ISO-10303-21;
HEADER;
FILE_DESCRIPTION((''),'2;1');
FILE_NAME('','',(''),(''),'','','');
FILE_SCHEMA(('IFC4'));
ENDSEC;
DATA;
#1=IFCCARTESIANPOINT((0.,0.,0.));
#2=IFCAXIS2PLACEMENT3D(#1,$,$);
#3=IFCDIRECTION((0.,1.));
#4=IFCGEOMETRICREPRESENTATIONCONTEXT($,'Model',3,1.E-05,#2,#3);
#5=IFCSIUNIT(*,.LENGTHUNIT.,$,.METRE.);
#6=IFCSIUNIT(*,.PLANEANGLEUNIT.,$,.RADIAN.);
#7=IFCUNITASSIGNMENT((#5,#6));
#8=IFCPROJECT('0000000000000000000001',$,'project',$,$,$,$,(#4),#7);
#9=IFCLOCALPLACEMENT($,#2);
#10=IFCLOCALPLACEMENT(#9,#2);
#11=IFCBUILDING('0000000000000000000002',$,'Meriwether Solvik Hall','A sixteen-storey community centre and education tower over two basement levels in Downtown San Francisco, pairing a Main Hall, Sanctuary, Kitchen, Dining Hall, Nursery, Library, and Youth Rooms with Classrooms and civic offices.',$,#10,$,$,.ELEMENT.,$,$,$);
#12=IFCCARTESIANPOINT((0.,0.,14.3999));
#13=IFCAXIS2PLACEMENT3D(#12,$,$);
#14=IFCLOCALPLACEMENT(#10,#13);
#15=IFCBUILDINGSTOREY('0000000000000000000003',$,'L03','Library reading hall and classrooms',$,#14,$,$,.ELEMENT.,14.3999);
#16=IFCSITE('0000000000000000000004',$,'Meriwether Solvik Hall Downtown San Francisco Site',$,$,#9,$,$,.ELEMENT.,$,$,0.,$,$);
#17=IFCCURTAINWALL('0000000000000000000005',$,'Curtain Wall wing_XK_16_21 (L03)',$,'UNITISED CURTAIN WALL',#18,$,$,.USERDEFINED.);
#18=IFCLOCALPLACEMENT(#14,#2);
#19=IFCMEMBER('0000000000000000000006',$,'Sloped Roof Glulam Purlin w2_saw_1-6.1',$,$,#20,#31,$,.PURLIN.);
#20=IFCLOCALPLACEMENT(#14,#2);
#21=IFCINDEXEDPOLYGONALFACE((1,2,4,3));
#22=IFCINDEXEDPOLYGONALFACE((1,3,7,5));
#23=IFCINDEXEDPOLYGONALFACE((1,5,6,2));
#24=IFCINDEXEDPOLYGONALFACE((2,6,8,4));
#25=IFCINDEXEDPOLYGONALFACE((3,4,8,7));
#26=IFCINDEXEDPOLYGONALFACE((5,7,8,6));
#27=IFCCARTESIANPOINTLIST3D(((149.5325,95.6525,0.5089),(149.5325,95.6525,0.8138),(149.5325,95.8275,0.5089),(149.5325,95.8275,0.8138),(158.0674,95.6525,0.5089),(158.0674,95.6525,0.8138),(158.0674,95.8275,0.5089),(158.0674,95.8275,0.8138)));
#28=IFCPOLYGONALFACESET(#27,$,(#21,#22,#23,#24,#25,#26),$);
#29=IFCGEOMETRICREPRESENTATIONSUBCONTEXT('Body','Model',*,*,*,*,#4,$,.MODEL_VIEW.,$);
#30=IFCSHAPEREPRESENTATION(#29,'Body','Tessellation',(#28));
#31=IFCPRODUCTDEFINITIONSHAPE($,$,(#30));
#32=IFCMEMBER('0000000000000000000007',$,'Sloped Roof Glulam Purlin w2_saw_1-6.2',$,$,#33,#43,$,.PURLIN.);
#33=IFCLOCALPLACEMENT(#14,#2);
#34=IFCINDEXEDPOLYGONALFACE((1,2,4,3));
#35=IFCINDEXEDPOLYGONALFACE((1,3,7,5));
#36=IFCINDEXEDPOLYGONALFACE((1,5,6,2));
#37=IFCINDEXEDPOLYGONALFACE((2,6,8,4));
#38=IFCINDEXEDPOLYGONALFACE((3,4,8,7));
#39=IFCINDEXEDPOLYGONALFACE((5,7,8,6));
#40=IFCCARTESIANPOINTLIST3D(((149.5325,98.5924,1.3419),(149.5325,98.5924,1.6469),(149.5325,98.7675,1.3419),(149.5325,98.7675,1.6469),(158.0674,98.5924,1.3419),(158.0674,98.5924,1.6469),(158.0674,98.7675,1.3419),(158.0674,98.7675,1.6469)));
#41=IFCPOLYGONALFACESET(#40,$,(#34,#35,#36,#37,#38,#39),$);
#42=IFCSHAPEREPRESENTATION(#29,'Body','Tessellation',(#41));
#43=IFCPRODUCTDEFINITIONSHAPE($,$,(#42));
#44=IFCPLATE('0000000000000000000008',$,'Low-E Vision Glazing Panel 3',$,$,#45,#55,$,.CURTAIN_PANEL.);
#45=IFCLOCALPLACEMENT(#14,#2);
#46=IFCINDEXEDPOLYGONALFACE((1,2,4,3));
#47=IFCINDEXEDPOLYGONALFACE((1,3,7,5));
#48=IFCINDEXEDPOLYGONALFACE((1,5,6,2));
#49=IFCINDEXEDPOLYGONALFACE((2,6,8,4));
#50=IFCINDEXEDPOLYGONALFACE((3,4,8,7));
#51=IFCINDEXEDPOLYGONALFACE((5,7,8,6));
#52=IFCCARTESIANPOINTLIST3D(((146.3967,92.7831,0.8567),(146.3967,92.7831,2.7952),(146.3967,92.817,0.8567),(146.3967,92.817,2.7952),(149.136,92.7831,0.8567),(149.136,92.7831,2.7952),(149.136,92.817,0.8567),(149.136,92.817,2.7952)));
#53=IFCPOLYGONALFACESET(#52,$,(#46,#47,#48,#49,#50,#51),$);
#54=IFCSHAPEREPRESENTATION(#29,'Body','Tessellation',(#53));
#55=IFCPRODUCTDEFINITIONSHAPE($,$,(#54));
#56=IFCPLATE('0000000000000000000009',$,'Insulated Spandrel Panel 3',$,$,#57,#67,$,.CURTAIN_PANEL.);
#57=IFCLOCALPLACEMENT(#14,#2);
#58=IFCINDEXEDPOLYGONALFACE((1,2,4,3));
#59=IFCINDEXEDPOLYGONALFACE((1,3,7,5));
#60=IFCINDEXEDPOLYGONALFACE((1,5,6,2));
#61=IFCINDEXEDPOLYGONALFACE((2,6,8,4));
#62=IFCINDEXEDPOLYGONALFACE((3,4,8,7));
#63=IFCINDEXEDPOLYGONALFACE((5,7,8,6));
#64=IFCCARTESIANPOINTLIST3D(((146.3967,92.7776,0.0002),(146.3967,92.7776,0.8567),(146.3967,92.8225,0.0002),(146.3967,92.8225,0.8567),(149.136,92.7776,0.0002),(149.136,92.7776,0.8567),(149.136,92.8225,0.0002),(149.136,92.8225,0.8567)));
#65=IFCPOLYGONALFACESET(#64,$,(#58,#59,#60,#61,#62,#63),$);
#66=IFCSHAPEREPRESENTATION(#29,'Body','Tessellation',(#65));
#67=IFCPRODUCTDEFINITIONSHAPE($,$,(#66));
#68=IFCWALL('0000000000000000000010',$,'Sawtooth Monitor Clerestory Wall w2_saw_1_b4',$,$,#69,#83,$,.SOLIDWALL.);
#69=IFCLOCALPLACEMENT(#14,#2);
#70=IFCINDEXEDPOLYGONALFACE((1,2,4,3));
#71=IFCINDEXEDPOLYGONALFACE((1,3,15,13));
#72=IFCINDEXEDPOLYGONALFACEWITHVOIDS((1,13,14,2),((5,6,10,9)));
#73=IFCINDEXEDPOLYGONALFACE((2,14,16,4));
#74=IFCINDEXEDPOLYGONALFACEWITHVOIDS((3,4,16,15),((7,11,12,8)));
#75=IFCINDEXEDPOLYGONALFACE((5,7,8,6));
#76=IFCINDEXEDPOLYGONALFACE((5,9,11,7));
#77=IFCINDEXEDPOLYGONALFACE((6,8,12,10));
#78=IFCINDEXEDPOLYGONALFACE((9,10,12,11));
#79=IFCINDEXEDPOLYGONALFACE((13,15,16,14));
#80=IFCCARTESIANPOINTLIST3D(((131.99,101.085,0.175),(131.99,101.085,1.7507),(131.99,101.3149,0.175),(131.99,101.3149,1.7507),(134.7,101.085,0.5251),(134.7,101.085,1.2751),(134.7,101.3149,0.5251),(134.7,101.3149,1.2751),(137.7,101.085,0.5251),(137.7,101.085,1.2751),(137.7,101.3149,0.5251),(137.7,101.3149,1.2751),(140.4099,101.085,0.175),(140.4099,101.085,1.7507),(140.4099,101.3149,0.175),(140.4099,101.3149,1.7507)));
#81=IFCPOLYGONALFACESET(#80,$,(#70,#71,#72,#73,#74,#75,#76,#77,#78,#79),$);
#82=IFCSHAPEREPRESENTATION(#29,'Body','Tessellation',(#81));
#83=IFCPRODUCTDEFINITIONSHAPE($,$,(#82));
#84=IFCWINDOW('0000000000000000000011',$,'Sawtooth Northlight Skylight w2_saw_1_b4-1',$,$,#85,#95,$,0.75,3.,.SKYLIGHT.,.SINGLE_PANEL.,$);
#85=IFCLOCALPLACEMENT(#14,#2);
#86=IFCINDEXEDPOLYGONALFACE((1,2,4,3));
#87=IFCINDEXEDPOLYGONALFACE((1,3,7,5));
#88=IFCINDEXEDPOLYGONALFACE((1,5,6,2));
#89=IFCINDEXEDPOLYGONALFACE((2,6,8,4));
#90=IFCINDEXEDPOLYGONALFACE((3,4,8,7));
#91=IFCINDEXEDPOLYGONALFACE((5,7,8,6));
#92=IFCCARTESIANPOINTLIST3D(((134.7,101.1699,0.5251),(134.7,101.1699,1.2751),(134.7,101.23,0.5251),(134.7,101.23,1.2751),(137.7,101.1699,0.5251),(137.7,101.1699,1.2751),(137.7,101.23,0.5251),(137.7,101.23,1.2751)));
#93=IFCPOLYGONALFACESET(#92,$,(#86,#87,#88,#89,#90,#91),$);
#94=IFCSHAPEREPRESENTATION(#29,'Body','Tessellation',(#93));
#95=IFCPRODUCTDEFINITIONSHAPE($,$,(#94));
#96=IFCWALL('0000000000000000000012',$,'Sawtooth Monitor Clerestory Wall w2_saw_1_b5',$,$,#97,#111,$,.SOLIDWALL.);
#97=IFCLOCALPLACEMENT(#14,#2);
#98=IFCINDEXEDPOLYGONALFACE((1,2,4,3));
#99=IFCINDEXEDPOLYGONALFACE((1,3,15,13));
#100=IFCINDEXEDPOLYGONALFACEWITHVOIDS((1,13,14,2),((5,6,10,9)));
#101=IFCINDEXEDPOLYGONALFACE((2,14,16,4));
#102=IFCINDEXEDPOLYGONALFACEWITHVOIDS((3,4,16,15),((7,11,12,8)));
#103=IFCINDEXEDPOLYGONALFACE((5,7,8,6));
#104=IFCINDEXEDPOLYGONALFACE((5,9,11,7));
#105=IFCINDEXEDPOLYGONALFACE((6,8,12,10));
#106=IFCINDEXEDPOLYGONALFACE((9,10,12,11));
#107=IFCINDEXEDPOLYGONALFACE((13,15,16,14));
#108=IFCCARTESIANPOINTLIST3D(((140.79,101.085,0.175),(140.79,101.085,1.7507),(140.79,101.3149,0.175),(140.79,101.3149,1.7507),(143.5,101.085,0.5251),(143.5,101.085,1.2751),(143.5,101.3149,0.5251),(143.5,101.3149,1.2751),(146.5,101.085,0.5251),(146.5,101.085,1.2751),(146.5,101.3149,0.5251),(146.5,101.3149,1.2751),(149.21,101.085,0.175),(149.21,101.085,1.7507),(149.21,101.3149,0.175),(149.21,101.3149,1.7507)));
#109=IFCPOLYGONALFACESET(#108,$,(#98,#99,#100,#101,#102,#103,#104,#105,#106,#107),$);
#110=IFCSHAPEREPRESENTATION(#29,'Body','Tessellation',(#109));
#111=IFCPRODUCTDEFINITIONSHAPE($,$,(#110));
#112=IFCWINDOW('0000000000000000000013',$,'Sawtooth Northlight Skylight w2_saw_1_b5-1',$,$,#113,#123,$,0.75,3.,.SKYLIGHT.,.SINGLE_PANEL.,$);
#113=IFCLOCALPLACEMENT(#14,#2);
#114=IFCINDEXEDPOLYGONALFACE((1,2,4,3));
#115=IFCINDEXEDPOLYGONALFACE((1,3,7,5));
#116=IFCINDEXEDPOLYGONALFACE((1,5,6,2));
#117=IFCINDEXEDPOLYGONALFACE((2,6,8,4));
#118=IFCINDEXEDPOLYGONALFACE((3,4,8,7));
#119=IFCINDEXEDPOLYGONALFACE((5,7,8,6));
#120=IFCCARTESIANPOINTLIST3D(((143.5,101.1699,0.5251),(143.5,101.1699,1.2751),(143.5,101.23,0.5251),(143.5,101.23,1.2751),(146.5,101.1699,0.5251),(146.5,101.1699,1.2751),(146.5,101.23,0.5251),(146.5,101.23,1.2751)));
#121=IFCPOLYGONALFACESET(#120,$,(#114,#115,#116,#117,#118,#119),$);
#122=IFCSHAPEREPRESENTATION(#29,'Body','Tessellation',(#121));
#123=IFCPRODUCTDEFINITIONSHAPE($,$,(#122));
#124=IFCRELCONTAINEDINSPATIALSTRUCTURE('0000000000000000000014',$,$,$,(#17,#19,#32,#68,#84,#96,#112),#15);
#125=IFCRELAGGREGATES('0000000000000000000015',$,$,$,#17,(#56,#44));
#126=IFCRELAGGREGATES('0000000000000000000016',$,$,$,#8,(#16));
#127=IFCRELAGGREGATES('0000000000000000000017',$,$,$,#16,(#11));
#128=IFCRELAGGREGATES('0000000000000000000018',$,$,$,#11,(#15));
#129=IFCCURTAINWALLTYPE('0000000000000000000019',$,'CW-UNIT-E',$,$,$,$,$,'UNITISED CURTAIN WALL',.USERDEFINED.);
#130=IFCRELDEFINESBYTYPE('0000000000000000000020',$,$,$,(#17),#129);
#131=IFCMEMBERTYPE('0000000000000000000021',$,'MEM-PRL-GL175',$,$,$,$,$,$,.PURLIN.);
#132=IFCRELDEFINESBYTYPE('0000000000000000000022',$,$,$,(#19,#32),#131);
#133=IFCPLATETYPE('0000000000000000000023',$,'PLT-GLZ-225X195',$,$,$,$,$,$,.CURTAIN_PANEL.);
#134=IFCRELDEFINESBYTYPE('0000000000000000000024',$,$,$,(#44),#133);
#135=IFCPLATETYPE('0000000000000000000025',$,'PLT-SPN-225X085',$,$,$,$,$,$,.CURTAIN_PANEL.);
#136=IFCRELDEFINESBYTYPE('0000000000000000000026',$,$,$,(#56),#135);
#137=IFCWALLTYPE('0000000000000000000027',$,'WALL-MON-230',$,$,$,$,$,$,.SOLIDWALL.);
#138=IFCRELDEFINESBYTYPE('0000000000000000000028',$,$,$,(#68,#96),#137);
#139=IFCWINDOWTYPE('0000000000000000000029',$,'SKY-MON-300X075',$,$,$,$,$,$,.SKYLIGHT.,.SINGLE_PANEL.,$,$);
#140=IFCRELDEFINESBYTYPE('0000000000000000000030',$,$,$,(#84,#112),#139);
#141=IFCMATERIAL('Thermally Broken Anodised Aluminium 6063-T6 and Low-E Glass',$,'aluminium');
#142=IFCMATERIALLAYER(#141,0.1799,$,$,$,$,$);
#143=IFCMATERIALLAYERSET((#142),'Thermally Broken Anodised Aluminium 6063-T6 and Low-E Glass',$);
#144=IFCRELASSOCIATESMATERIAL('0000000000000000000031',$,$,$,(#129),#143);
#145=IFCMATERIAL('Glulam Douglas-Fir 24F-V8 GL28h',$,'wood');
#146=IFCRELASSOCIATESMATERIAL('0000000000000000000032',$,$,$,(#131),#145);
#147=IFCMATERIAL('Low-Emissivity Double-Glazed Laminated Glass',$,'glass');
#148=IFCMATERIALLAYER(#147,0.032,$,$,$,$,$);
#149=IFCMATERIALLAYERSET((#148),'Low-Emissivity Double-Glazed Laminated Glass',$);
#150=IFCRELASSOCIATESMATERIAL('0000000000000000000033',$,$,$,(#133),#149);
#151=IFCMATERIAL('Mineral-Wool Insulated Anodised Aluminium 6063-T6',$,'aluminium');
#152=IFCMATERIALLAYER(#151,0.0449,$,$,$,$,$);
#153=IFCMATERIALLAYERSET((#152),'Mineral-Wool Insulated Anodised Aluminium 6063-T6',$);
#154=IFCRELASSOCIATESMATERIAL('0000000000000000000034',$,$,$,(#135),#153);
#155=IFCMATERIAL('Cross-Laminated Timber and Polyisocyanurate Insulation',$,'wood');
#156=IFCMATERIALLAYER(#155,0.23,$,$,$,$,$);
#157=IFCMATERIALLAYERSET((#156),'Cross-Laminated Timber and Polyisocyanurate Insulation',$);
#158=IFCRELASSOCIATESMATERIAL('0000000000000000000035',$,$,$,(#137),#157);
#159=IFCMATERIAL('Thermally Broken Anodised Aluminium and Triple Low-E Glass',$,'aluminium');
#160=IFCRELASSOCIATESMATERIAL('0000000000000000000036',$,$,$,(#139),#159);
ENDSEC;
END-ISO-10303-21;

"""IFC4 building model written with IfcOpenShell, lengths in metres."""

from ifc_helpers import new_model, si_unit, direction, frame, frame_2d, origin, origin_2d, place, context, subcontext, project, spatial, rectangle, extrude, material, layer, layer_set, material_profile, profile_set, type_object, element, fill, aggregate, save


model = new_model("IFC4")

# Units and contexts
model_context = context("Model", 3, precision=1e-05, world=origin(), true_north=direction((0.0, 1.0)))
body_context = subcontext(model_context, "Body", "Model", "MODEL_VIEW")
ifc_project = project(units=[si_unit("LENGTHUNIT", "METRE"), si_unit("PLANEANGLEUNIT", "RADIAN")], contexts=[model_context])

# Site, building, storey
site_placement = place(None, origin())
site = spatial("IfcSite", under=ifc_project, at=site_placement, Name="Meriwether Solvik Hall Downtown San Francisco Site", CompositionType="ELEMENT", RefElevation=0.0)
building_placement = place(site_placement, origin())
building = spatial("IfcBuilding", under=site, at=building_placement, Name="Meriwether Solvik Hall", Description="A sixteen-storey community centre and education tower over two basement levels in Downtown San Francisco, pairing a Main Hall, Sanctuary, Kitchen, Dining Hall, Nursery, Library, and Youth Rooms with Classrooms and civic offices.", CompositionType="ELEMENT")
storey_placement = place(building_placement, frame((0.0, 0.0, 14.3999)))
storey = spatial("IfcBuildingStorey", under=building, at=storey_placement, Name="L03", Description="Library reading hall and classrooms", CompositionType="ELEMENT", Elevation=14.3999)

# Curtain wall
ifc_material_1 = material(Name="Thermally Broken Anodised Aluminium 6063-T6 and Low-E Glass", Category="aluminium")
ifc_layer_1 = layer(ifc_material_1, 0.1799)
ifc_layer_set_1 = layer_set([ifc_layer_1], Name="Thermally Broken Anodised Aluminium 6063-T6 and Low-E Glass")
curtain_wall_type = type_object("IfcCurtainWallType", Name="CW-UNIT-E", ElementType="UNITISED CURTAIN WALL", PredefinedType="USERDEFINED", material=ifc_layer_set_1)
curtain_wall_placement = place(storey_placement, origin())
curtain_wall = element("IfcCurtainWall", 1, at=curtain_wall_placement, inside=storey, type_object=curtain_wall_type, Name="Curtain Wall wing_XK_16_21 (L03)", ObjectType="UNITISED CURTAIN WALL", PredefinedType="USERDEFINED")

# Members
ifc_material_2 = material(Name="Glulam Douglas-Fir 24F-V8 GL28h", Category="wood")
ifc_material_profile_1 = material_profile(ifc_material_2, rectangle(XDim=0.175, YDim=0.3049, at=origin_2d()), Name="GLM-175X305")
ifc_profile_set_1 = profile_set([ifc_material_profile_1], Name="Glulam Douglas-Fir 24F-V8 GL28h")
member_type_1 = type_object("IfcMemberType", Name="MEM-PRL-GL175", PredefinedType="PURLIN", material=ifc_profile_set_1)
for number, where, z_axis, x_axis, name in (
    (2, (149.5325, 95.74, 0.6614), (1.0, 0.0, 0.0), (0.0, 1.0, 0.0), "Sloped Roof Glulam Purlin w2_saw_1-6.1"),
    (3, (149.5325, 98.6799, 1.4944), (1.0, 0.0, 0.0), (0.0, 1.0, 0.0), "Sloped Roof Glulam Purlin w2_saw_1-6.2"),
):
    element("IfcMember", number, at=place(storey_placement, frame(where, z_axis=z_axis, x_axis=x_axis)), inside=storey, type_object=member_type_1, Name=name, PredefinedType="PURLIN", context=body_context, shape_type="SweptSolid", body=[
        extrude(rectangle(XDim=0.175, YDim=0.3049, at=origin_2d()), origin(), (0.0, 0.0, 1.0), 8.5349),
    ])

# Plates
ifc_material_3 = material(Name="Low-Emissivity Double-Glazed Laminated Glass", Category="glass")
ifc_layer_2 = layer(ifc_material_3, 0.032)
ifc_layer_set_2 = layer_set([ifc_layer_2], Name="Low-Emissivity Double-Glazed Laminated Glass")
plate_type_1 = type_object("IfcPlateType", Name="PLT-GLZ-225X195", PredefinedType="CURTAIN_PANEL", material=ifc_layer_set_2)
plate_1_placement = place(storey_placement, frame((147.7664, 92.8, 0.8567), z_axis=(0.0, 0.0, 1.0), x_axis=(1.0, 0.0, 0.0)))
plate_1 = element("IfcPlate", 4, at=plate_1_placement, type_object=plate_type_1, Name="Low-E Vision Glazing Panel 3", PredefinedType="CURTAIN_PANEL", context=body_context, shape_type="SweptSolid", body=[
    extrude(rectangle(XDim=2.7393, YDim=0.0339, at=origin_2d()), origin(), (0.0, 0.0, 1.0), 1.9385),
])
ifc_material_4 = material(Name="Mineral-Wool Insulated Anodised Aluminium 6063-T6", Category="aluminium")
ifc_layer_3 = layer(ifc_material_4, 0.0449)
ifc_layer_set_3 = layer_set([ifc_layer_3], Name="Mineral-Wool Insulated Anodised Aluminium 6063-T6")
plate_type_2 = type_object("IfcPlateType", Name="PLT-SPN-225X085", PredefinedType="CURTAIN_PANEL", material=ifc_layer_set_3)
plate_2_placement = place(storey_placement, frame((147.7664, 92.8, 0.0002), z_axis=(0.0, 0.0, 1.0), x_axis=(1.0, 0.0, 0.0)))
plate_2 = element("IfcPlate", 5, at=plate_2_placement, type_object=plate_type_2, Name="Insulated Spandrel Panel 3", PredefinedType="CURTAIN_PANEL", context=body_context, shape_type="SweptSolid", body=[
    extrude(rectangle(XDim=2.7393, YDim=0.0449, at=origin_2d()), origin(), (0.0, 0.0, 1.0), 0.8564),
])
aggregate(curtain_wall, [plate_2, plate_1])

# Walls, openings, windows
ifc_material_5 = material(Name="Cross-Laminated Timber and Polyisocyanurate Insulation", Category="wood")
ifc_layer_4 = layer(ifc_material_5, 0.23)
ifc_layer_set_4 = layer_set([ifc_layer_4], Name="Cross-Laminated Timber and Polyisocyanurate Insulation")
wall_type = type_object("IfcWallType", Name="WALL-MON-230", PredefinedType="SOLIDWALL", material=ifc_layer_set_4)
wall_1_placement = place(storey_placement, frame((140.4099, 101.2, 0.175), z_axis=(0.0, 0.0, 1.0), x_axis=(-1.0, 0.0, 0.0)))
wall_1 = element("IfcWall", 6, at=wall_1_placement, inside=storey, type_object=wall_type, Name="Sawtooth Monitor Clerestory Wall w2_saw_1_b4", PredefinedType="SOLIDWALL", context=body_context, shape_type="SweptSolid", body=[
    extrude(rectangle(XDim=8.4199, YDim=0.23, at=frame_2d((4.21, 0.0))), origin(), (0.0, 0.0, 1.0), 1.5757),
])
opening_1_placement = place(wall_1_placement, frame((2.71, 0.0, 0.3501)))
opening_1 = element("IfcOpeningElement", 7, at=opening_1_placement, cuts=wall_1, PredefinedType="OPENING", context=body_context, shape_type="SweptSolid", body=[
    extrude(rectangle(XDim=3.0, YDim=0.75, at=frame_2d((1.5, 0.375))), frame((0.0, 0.127, 0.0), z_axis=(0.0, -1.0, 0.0), x_axis=(1.0, 0.0, 0.0)), (0.0, 0.0, 1.0), 0.2539),
])
ifc_material_6 = material(Name="Thermally Broken Anodised Aluminium and Triple Low-E Glass", Category="aluminium")
window_type = type_object("IfcWindowType", Name="SKY-MON-300X075", PartitioningType="SINGLE_PANEL", PredefinedType="SKYLIGHT", material=ifc_material_6)
window_1_placement = place(opening_1_placement, origin())
window_1 = element("IfcWindow", 8, at=window_1_placement, inside=storey, type_object=window_type, Name="Sawtooth Northlight Skylight w2_saw_1_b4-1", OverallHeight=0.75, OverallWidth=3.0, PartitioningType="SINGLE_PANEL", PredefinedType="SKYLIGHT", context=body_context, shape_type="SweptSolid", body=[
    extrude(rectangle(XDim=3.0, YDim=0.75, at=frame_2d((1.5, 0.375))), frame((0.0, 0.03, 0.0), z_axis=(0.0, -1.0, 0.0), x_axis=(1.0, 0.0, 0.0)), (0.0, 0.0, 1.0), 0.0601),
])
fill(opening_1, window_1)
wall_2_placement = place(storey_placement, frame((149.21, 101.2, 0.175), z_axis=(0.0, 0.0, 1.0), x_axis=(-1.0, 0.0, 0.0)))
wall_2 = element("IfcWall", 9, at=wall_2_placement, inside=storey, type_object=wall_type, Name="Sawtooth Monitor Clerestory Wall w2_saw_1_b5", PredefinedType="SOLIDWALL", context=body_context, shape_type="SweptSolid", body=[
    extrude(rectangle(XDim=8.4199, YDim=0.23, at=frame_2d((4.21, 0.0))), origin(), (0.0, 0.0, 1.0), 1.5757),
])
opening_2_placement = place(wall_2_placement, frame((2.71, 0.0, 0.3501)))
opening_2 = element("IfcOpeningElement", 10, at=opening_2_placement, cuts=wall_2, PredefinedType="OPENING", context=body_context, shape_type="SweptSolid", body=[
    extrude(rectangle(XDim=3.0, YDim=0.75, at=frame_2d((1.5, 0.375))), frame((0.0, 0.127, 0.0), z_axis=(0.0, -1.0, 0.0), x_axis=(1.0, 0.0, 0.0)), (0.0, 0.0, 1.0), 0.2539),
])
window_2_placement = place(opening_2_placement, origin())
window_2 = element("IfcWindow", 11, at=window_2_placement, inside=storey, type_object=window_type, Name="Sawtooth Northlight Skylight w2_saw_1_b5-1", OverallHeight=0.75, OverallWidth=3.0, PartitioningType="SINGLE_PANEL", PredefinedType="SKYLIGHT", context=body_context, shape_type="SweptSolid", body=[
    extrude(rectangle(XDim=3.0, YDim=0.75, at=frame_2d((1.5, 0.375))), frame((0.0, 0.03, 0.0), z_axis=(0.0, -1.0, 0.0), x_axis=(1.0, 0.0, 0.0)), (0.0, 0.0, 1.0), 0.0601),
])
fill(opening_2, window_2)

save(model, "model.ifc")
